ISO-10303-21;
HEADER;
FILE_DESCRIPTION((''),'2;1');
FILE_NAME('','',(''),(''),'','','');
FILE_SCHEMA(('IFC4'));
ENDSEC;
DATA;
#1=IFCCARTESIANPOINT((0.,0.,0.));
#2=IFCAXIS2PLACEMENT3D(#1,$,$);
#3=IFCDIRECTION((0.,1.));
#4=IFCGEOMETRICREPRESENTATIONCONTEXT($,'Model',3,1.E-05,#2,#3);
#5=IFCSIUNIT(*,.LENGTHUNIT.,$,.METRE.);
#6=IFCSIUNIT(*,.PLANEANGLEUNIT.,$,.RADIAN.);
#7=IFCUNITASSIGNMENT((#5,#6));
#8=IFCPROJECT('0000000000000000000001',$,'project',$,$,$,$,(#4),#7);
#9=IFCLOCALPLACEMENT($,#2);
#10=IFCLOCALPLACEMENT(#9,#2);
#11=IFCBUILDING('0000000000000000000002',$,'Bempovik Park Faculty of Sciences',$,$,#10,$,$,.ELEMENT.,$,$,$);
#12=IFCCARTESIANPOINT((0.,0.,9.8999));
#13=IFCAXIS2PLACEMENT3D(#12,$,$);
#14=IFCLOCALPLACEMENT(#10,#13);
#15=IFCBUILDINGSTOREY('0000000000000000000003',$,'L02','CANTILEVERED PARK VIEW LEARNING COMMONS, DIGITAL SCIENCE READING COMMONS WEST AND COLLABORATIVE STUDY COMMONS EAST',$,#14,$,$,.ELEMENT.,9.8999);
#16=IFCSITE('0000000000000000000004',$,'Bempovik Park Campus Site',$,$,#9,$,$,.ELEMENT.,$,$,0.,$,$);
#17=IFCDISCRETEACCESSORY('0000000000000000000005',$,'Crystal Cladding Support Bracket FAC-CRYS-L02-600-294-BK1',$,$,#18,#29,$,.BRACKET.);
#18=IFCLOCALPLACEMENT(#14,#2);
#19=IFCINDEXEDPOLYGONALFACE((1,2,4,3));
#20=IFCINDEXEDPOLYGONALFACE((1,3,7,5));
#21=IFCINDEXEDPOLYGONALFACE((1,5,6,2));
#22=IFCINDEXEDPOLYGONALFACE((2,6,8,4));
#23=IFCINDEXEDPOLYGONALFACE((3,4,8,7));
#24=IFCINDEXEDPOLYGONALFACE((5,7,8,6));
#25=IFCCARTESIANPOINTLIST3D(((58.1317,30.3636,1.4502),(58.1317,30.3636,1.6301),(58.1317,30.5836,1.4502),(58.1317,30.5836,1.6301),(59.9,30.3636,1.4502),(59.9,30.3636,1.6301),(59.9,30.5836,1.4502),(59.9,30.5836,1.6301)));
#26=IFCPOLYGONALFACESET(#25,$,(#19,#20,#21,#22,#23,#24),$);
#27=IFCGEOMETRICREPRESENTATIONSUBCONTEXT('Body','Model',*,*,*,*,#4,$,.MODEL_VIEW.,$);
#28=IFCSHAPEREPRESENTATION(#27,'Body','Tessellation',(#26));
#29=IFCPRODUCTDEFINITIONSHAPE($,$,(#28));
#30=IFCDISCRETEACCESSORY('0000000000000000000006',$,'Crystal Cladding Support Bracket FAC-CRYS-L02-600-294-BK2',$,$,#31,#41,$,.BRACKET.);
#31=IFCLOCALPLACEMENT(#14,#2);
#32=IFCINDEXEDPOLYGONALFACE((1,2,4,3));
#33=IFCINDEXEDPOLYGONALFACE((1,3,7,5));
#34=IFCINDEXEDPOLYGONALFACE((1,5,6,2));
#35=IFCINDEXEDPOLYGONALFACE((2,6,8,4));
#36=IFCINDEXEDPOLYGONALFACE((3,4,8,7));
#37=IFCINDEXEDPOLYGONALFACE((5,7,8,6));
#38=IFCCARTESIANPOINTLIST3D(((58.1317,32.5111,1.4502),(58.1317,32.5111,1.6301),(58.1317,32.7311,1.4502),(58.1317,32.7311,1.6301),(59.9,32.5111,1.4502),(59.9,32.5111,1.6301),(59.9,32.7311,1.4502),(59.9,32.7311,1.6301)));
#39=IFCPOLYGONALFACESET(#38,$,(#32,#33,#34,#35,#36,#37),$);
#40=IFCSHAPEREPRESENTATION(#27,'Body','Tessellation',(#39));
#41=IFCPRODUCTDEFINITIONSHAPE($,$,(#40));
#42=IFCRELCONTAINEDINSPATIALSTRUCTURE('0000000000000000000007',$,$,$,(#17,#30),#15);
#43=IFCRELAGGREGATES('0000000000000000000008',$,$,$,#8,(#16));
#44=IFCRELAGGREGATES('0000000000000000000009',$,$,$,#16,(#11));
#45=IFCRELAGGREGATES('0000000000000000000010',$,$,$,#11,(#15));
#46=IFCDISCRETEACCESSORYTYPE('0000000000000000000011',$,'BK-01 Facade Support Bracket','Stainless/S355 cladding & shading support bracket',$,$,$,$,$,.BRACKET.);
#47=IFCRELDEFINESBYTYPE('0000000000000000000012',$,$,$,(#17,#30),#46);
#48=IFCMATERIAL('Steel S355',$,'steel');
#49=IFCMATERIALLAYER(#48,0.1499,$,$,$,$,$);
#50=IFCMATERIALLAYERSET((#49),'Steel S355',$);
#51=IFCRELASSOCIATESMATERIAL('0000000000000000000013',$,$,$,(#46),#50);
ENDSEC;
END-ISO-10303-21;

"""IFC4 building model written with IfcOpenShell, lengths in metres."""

from ifc_helpers import new_model, si_unit, direction, frame, origin, origin_2d, place, context, subcontext, project, spatial, rectangle, extrude, material, layer, layer_set, type_object, element, save


model = new_model("IFC4")

# Units and contexts
model_context = context("Model", 3, precision=1e-05, world=origin(), true_north=direction((0.0, 1.0)))
body_context = subcontext(model_context, "Body", "Model", "MODEL_VIEW")
ifc_project = project(units=[si_unit("LENGTHUNIT", "METRE"), si_unit("PLANEANGLEUNIT", "RADIAN")], contexts=[model_context])

# Site, building, storey
site_placement = place(None, origin())
site = spatial("IfcSite", under=ifc_project, at=site_placement, Name="Bempovik Park Campus Site", CompositionType="ELEMENT", RefElevation=0.0)
building_placement = place(site_placement, origin())
building = spatial("IfcBuilding", under=site, at=building_placement, Name="Bempovik Park Faculty of Sciences", CompositionType="ELEMENT")
storey_placement = place(building_placement, frame((0.0, 0.0, 9.8999)))
storey = spatial("IfcBuildingStorey", under=building, at=storey_placement, Name="L02", Description="CANTILEVERED PARK VIEW LEARNING COMMONS, DIGITAL SCIENCE READING COMMONS WEST AND COLLABORATIVE STUDY COMMONS EAST", CompositionType="ELEMENT", Elevation=9.8999)

# Discrete accessories
ifc_material_1 = material(Name="Steel S355", Category="steel")
ifc_layer_1 = layer(ifc_material_1, 0.1499)
ifc_layer_set_1 = layer_set([ifc_layer_1], Name="Steel S355")
discrete_accessory_type = type_object("IfcDiscreteAccessoryType", Name="BK-01 Facade Support Bracket", Description="Stainless/S355 cladding & shading support bracket", PredefinedType="BRACKET", material=ifc_layer_set_1)
for number, where, z_axis, x_axis, name in (
    (1, (59.0159, 30.4736, 1.4502), (0.0, 0.0, 1.0), (1.0, 0.0, 0.0), "Crystal Cladding Support Bracket FAC-CRYS-L02-600-294-BK1"),
    (2, (59.0159, 32.6211, 1.4502), (0.0, 0.0, 1.0), (1.0, 0.0, 0.0), "Crystal Cladding Support Bracket FAC-CRYS-L02-600-294-BK2"),
):
    element("IfcDiscreteAccessory", number, at=place(storey_placement, frame(where, z_axis=z_axis, x_axis=x_axis)), inside=storey, type_object=discrete_accessory_type, Name=name, PredefinedType="BRACKET", context=body_context, shape_type="SweptSolid", body=[
        extrude(rectangle(XDim=1.7683, YDim=0.22, at=origin_2d()), origin(), (0.0, 0.0, 1.0), 0.1799),
    ])

save(model, "model.ifc")
